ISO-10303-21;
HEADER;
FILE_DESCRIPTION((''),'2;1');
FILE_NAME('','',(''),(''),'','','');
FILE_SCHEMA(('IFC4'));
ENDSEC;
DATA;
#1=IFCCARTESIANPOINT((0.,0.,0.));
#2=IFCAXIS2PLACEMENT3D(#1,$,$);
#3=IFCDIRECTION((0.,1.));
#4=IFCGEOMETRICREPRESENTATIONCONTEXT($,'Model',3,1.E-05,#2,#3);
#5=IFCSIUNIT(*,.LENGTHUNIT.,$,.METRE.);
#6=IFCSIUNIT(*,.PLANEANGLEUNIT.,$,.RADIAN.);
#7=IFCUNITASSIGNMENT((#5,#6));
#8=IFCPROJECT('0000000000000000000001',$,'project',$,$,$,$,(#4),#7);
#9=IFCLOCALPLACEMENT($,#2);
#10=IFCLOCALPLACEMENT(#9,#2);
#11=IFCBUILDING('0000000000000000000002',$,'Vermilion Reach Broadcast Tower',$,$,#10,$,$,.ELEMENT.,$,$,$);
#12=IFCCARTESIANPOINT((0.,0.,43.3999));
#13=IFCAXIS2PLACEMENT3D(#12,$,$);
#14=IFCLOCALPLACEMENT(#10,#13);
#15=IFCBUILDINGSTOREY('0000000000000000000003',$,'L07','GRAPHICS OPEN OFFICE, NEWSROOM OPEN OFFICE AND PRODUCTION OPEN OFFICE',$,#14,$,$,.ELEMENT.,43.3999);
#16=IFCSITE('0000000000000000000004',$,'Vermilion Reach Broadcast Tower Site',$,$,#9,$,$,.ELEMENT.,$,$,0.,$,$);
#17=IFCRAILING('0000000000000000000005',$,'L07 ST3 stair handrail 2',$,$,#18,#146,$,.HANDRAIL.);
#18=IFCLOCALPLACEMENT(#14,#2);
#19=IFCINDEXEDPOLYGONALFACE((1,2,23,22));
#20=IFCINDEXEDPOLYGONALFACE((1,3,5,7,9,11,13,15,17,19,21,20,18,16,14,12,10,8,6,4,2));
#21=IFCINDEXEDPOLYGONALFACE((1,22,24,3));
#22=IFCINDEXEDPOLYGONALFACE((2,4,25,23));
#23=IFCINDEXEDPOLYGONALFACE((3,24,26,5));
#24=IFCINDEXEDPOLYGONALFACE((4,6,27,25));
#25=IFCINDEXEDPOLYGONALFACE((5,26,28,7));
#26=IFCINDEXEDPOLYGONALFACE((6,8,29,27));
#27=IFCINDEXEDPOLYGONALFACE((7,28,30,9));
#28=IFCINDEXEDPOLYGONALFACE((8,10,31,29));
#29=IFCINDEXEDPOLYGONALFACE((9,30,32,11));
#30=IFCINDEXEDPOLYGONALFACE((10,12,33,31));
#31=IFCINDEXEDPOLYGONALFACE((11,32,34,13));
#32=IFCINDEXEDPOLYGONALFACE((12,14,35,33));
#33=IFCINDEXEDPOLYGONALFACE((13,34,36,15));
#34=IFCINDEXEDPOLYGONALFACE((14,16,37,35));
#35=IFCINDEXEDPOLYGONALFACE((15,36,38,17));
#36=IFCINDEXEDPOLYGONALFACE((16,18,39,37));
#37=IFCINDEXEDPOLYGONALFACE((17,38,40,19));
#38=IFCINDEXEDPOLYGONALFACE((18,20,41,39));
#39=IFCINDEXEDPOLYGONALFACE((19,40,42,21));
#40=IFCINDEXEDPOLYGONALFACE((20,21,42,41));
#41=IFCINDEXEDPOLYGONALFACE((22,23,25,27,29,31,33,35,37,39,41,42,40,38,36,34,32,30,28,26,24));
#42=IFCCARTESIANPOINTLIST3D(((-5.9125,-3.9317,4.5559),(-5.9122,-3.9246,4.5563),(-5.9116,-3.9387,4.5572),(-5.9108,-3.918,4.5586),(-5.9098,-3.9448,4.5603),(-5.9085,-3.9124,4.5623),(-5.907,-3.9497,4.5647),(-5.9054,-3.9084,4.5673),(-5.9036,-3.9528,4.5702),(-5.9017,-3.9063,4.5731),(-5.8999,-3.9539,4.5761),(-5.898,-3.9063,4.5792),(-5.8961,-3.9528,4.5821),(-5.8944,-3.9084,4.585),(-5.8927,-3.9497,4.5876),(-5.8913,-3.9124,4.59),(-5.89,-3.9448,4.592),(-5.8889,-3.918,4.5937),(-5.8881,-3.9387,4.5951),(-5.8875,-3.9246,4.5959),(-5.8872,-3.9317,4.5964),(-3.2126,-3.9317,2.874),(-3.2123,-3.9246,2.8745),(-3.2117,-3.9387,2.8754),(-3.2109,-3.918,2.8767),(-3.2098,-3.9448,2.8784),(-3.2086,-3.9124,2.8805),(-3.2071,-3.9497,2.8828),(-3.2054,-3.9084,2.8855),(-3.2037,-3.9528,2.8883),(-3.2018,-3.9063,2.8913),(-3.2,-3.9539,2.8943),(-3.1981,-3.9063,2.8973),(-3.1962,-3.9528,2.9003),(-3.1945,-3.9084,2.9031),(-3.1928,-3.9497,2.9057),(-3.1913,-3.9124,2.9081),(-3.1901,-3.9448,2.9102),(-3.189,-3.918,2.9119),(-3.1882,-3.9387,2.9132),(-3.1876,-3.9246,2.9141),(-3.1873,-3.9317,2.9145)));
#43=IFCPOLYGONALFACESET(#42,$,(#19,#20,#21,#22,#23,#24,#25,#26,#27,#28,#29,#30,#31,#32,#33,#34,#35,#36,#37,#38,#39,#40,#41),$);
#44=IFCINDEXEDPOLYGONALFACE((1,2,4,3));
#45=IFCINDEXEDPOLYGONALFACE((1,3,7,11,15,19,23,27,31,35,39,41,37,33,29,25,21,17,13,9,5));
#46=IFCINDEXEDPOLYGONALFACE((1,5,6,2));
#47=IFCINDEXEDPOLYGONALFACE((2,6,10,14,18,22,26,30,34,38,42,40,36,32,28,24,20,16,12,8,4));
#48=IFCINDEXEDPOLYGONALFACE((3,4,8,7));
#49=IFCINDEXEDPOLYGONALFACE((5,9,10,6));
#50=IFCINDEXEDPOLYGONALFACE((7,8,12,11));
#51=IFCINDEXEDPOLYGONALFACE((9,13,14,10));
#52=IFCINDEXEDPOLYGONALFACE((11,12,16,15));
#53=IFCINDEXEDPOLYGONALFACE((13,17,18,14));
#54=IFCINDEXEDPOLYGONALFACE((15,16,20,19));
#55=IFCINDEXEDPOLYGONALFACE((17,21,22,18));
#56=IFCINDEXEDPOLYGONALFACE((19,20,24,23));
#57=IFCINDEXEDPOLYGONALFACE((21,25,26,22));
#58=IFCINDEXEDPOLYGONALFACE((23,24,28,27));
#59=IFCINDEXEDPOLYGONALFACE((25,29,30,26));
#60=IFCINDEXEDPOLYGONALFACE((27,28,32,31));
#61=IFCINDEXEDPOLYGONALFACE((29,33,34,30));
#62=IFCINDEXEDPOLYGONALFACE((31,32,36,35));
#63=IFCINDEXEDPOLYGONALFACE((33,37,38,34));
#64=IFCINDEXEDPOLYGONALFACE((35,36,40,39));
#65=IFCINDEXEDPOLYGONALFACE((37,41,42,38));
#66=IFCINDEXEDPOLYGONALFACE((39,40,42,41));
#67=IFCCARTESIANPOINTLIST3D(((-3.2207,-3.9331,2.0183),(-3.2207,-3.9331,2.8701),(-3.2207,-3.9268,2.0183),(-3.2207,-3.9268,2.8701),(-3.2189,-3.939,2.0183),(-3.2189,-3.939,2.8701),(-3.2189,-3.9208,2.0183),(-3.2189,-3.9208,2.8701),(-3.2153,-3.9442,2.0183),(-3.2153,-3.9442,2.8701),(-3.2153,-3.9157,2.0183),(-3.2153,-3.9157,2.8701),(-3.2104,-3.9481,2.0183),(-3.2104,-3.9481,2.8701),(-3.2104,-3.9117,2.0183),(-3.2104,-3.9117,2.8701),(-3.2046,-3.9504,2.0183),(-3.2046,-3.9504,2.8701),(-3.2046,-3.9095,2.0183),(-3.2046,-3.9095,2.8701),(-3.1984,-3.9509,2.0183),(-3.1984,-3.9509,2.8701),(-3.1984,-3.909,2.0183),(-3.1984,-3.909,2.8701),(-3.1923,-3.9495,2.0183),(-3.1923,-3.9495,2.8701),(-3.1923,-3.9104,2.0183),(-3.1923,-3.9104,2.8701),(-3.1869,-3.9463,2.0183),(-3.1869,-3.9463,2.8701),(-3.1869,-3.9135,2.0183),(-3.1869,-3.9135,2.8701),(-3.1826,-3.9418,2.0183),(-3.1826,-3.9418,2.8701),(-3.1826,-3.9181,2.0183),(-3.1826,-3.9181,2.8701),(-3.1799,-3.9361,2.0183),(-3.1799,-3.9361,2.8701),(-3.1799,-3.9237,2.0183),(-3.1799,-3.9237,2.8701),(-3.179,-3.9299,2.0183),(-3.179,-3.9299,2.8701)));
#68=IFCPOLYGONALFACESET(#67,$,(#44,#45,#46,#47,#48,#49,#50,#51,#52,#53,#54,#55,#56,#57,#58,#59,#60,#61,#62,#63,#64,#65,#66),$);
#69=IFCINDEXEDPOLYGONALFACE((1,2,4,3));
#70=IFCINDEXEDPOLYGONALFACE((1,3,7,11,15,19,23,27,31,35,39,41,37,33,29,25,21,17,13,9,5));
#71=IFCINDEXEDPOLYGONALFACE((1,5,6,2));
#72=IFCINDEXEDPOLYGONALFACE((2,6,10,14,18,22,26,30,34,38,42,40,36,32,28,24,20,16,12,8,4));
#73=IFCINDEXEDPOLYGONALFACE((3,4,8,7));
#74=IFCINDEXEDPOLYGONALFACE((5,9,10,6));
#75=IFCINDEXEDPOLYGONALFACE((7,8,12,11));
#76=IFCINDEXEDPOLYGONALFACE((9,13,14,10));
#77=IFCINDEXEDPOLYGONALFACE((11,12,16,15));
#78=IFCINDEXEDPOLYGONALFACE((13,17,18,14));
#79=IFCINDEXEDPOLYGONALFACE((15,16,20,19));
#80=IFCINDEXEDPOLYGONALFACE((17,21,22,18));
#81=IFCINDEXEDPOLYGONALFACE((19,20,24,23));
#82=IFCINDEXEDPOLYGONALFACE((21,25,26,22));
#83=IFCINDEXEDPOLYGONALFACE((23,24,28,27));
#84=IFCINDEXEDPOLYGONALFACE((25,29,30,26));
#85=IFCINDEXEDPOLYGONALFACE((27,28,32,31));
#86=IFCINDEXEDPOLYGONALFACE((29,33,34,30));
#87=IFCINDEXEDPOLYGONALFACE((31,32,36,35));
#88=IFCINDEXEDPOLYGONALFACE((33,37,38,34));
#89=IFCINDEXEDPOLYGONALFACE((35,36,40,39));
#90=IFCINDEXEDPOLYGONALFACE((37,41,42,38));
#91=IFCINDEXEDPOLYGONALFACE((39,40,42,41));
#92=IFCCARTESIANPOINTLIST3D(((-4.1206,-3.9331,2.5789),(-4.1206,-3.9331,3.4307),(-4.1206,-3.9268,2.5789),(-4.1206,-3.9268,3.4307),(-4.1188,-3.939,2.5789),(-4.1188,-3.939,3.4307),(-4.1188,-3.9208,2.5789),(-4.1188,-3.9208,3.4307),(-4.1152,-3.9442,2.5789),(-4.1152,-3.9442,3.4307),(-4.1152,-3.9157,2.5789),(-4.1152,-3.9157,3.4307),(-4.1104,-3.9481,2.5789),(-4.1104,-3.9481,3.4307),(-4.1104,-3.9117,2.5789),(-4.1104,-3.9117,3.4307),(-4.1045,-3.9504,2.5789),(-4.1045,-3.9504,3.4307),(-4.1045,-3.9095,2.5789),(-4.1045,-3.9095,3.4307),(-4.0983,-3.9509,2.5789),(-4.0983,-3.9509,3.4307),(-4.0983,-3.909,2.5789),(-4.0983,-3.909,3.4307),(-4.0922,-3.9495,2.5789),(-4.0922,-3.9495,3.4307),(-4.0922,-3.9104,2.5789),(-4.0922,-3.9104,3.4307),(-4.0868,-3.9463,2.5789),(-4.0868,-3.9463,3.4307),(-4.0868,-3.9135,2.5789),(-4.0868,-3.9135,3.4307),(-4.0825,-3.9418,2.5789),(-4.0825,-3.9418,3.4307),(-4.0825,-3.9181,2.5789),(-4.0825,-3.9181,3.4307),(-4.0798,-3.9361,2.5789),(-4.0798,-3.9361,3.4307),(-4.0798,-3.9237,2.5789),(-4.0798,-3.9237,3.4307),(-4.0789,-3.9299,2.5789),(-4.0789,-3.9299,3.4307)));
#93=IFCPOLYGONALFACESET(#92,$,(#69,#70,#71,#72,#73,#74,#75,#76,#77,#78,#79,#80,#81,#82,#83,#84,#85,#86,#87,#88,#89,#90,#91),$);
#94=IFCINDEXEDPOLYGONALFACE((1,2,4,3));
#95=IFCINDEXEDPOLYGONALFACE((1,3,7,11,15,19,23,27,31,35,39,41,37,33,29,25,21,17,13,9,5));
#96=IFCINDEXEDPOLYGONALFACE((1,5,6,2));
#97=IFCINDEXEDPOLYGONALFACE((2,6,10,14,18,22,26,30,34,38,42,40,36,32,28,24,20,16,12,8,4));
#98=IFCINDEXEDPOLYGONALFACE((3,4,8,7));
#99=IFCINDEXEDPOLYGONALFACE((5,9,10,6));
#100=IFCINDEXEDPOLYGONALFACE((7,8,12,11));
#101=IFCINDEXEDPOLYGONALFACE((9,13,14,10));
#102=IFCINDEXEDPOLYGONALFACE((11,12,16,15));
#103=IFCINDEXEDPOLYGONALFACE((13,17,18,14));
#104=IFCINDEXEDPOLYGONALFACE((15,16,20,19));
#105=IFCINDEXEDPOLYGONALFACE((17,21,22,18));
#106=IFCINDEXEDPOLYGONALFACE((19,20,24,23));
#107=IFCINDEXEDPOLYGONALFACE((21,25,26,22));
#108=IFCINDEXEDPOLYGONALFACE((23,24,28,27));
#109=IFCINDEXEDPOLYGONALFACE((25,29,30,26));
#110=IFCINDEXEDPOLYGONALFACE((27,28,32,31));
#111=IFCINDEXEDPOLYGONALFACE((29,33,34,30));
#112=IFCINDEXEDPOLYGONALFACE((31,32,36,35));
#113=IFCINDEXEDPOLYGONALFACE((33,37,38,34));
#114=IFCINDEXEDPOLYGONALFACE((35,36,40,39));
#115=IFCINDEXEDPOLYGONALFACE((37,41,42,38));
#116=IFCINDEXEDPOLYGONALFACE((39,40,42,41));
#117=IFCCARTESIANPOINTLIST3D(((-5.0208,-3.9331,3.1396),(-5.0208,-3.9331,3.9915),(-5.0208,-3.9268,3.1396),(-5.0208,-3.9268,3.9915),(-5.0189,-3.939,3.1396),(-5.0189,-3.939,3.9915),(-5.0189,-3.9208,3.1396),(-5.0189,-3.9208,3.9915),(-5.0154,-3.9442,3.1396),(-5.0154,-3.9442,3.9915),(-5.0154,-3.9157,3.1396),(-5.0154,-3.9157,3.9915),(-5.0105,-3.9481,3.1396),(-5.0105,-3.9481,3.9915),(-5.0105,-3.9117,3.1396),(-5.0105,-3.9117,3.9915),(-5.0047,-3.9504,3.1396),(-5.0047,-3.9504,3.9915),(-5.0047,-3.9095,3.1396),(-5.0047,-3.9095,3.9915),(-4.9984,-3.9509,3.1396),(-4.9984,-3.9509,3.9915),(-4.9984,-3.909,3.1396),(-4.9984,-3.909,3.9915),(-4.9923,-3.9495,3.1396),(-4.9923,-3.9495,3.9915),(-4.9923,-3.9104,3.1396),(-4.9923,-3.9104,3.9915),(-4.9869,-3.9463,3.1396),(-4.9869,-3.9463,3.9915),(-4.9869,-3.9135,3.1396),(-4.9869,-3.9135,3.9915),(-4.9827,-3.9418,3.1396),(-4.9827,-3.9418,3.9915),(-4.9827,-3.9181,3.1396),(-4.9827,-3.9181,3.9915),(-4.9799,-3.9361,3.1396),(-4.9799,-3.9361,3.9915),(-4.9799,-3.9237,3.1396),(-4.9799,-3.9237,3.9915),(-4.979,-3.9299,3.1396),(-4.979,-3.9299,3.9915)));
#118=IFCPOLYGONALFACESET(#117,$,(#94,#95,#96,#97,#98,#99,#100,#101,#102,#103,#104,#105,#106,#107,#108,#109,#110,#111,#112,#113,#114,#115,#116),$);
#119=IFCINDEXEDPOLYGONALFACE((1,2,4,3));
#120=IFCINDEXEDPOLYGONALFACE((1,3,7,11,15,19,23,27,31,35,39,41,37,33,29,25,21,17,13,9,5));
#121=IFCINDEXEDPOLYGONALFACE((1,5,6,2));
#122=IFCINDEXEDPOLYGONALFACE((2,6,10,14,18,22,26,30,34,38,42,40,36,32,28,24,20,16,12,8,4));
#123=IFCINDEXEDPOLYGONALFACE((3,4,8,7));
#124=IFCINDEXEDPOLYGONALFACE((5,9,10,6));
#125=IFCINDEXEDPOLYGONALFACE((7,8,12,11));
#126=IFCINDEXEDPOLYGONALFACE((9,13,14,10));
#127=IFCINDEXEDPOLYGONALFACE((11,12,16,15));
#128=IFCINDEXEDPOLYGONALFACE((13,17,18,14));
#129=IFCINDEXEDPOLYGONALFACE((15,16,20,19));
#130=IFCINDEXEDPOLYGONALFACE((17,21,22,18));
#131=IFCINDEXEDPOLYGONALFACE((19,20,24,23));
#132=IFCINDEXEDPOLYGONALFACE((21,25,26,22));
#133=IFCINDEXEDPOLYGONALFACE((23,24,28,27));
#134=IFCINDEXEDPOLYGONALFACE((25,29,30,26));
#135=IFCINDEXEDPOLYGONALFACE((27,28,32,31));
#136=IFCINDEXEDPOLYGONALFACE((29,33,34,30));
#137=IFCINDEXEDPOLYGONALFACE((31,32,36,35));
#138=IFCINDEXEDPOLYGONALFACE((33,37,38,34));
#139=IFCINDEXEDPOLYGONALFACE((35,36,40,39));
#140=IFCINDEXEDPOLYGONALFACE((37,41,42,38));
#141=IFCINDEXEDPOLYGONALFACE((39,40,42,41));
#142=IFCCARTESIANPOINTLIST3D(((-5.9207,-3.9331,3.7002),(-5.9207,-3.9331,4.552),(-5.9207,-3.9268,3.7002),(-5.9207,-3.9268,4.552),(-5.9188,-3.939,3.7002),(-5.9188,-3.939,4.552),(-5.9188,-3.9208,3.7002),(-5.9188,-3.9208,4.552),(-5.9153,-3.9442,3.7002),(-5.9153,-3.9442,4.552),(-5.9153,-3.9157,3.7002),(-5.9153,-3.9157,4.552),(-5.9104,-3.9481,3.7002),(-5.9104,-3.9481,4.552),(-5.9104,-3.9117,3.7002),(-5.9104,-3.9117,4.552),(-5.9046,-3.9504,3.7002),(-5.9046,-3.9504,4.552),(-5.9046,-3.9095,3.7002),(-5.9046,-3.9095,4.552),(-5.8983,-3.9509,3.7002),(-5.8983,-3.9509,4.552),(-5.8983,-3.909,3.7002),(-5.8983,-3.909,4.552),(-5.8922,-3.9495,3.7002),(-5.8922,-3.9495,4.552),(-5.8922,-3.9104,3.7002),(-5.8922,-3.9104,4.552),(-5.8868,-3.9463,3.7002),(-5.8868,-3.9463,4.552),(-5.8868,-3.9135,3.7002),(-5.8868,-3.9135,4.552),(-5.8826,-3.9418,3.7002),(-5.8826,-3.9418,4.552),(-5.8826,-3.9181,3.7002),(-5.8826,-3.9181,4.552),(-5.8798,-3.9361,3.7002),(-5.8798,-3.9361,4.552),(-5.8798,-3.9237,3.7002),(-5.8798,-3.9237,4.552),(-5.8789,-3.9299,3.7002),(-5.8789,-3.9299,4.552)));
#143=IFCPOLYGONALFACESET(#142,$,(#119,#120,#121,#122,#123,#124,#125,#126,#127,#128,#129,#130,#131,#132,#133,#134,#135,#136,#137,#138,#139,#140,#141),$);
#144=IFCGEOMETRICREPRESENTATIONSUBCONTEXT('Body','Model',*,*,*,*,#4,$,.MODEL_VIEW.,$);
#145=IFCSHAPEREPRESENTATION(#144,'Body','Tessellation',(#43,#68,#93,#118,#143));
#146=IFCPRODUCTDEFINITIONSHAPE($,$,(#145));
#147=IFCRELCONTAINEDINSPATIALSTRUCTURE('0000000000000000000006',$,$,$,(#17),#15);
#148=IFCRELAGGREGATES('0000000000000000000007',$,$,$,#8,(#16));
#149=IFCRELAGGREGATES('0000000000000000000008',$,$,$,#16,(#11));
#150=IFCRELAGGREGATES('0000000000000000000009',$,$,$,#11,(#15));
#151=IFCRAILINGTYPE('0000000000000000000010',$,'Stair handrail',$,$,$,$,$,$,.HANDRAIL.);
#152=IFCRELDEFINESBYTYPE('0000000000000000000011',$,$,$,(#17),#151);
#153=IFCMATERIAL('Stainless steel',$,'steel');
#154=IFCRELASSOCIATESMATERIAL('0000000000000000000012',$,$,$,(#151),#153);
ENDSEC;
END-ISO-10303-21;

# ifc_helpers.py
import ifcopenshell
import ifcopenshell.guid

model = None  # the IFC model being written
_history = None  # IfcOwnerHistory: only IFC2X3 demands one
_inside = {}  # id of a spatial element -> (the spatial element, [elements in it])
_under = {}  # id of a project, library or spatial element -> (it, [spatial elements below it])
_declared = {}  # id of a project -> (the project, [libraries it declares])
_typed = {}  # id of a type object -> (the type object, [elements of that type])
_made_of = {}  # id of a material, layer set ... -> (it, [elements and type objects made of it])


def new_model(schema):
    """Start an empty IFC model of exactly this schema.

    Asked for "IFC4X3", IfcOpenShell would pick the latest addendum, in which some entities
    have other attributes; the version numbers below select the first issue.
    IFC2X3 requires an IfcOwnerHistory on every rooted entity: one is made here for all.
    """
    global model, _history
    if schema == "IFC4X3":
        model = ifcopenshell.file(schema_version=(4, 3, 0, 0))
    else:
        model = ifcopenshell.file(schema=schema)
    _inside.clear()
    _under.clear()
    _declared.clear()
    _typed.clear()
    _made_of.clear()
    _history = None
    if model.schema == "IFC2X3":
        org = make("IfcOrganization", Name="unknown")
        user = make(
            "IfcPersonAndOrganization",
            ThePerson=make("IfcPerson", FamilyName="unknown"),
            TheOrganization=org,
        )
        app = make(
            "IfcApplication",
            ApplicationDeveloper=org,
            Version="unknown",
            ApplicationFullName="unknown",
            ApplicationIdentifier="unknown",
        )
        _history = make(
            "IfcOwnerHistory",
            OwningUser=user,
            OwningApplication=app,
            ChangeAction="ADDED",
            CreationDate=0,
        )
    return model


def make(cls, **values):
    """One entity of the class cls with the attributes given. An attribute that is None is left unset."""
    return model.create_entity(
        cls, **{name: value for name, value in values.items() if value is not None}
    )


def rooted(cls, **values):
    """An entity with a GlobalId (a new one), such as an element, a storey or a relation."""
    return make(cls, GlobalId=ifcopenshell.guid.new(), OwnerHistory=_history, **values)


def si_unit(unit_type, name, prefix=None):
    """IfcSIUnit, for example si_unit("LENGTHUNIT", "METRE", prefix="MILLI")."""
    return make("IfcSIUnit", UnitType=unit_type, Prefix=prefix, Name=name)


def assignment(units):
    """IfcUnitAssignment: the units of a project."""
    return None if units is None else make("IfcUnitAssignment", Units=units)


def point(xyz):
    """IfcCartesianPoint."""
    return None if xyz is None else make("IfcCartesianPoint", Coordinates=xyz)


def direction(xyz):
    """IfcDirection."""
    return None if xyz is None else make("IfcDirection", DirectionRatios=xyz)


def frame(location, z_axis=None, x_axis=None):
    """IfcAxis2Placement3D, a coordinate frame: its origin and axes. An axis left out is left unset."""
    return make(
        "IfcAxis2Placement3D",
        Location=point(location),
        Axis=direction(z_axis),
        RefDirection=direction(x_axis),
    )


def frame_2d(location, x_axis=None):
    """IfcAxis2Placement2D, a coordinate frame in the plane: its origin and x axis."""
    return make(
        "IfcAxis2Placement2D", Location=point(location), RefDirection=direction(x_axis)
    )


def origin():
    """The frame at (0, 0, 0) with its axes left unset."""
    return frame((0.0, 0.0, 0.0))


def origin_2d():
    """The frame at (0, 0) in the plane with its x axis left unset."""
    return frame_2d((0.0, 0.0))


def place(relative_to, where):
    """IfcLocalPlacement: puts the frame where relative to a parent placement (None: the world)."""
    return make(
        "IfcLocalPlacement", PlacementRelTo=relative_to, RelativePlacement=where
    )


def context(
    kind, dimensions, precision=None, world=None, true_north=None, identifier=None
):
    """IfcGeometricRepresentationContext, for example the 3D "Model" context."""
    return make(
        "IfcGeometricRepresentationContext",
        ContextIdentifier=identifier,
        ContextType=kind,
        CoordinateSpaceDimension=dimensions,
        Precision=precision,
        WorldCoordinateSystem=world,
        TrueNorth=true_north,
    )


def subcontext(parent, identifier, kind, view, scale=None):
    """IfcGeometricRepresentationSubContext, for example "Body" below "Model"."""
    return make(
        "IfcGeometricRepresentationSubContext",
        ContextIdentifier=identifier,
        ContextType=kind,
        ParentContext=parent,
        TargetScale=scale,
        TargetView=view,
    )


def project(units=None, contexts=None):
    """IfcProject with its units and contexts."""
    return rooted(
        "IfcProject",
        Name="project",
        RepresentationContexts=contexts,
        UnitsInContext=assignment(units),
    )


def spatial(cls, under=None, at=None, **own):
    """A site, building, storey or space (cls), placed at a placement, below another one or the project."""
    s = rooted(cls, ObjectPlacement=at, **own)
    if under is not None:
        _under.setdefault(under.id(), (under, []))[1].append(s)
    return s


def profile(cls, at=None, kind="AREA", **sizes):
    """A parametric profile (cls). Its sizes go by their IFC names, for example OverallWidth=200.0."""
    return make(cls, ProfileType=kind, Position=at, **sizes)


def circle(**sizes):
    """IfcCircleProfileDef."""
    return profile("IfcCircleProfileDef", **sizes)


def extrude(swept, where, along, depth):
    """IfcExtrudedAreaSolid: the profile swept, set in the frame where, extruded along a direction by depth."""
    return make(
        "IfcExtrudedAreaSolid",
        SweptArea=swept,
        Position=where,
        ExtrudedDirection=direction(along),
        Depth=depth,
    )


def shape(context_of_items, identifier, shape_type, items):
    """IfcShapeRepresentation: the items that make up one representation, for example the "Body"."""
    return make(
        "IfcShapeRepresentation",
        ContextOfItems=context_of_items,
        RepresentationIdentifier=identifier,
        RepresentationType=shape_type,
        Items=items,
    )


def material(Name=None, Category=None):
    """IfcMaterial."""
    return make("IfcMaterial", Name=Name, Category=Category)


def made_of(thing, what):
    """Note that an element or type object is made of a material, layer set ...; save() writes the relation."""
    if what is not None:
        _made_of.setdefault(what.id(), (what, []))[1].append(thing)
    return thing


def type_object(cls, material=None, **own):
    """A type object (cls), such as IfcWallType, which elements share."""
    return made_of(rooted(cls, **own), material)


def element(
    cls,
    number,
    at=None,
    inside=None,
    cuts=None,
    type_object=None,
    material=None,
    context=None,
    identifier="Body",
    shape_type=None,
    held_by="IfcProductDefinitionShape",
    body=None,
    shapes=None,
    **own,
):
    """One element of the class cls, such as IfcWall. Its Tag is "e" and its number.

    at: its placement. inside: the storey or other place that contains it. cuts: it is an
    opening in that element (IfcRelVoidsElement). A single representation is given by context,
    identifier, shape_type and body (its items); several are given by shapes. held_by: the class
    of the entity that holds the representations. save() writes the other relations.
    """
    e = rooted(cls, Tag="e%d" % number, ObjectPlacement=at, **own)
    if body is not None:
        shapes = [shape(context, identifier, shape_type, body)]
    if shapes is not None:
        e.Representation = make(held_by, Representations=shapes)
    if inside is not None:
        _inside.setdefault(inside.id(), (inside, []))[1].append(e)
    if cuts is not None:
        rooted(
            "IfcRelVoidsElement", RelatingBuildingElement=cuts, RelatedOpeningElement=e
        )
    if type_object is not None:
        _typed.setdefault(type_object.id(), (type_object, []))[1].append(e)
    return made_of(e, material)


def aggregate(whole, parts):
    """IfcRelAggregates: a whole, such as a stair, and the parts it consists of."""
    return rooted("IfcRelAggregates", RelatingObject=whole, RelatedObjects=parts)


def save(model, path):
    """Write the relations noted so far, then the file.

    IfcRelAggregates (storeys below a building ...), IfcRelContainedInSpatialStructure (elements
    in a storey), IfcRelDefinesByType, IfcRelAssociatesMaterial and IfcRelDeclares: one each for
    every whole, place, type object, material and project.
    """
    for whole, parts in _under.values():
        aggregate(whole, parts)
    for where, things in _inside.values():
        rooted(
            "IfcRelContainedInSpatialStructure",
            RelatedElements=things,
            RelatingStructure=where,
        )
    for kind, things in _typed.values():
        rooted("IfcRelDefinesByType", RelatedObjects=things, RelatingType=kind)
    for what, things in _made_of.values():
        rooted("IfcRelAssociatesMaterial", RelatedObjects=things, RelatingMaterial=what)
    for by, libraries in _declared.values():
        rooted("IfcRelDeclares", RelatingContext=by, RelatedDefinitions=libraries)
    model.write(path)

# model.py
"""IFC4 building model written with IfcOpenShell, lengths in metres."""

from ifc_helpers import new_model, si_unit, direction, frame, origin, origin_2d, place, context, subcontext, project, spatial, circle, extrude, material, type_object, element, save


model = new_model("IFC4")

# Units and contexts
model_context = context("Model", 3, precision=1e-05, world=origin(), true_north=direction((0.0, 1.0)))
body_context = subcontext(model_context, "Body", "Model", "MODEL_VIEW")
ifc_project = project(units=[si_unit("LENGTHUNIT", "METRE"), si_unit("PLANEANGLEUNIT", "RADIAN")], contexts=[model_context])

# Site, building, storey
site_placement = place(None, origin())
site = spatial("IfcSite", under=ifc_project, at=site_placement, Name="Vermilion Reach Broadcast Tower Site", CompositionType="ELEMENT", RefElevation=0.0)
building_placement = place(site_placement, origin())
building = spatial("IfcBuilding", under=site, at=building_placement, Name="Vermilion Reach Broadcast Tower", CompositionType="ELEMENT")
storey_placement = place(building_placement, frame((0.0, 0.0, 43.3999)))
storey = spatial("IfcBuildingStorey", under=building, at=storey_placement, Name="L07", Description="GRAPHICS OPEN OFFICE, NEWSROOM OPEN OFFICE AND PRODUCTION OPEN OFFICE", CompositionType="ELEMENT", Elevation=43.3999)

# Railing
ifc_material_1 = material(Name="Stainless steel", Category="steel")
railing_type_1 = type_object("IfcRailingType", Name="Stair handrail", PredefinedType="HANDRAIL", material=ifc_material_1)
railing_1_placement = place(storey_placement, frame((-3.2, -3.9299, 2.0183)))
element("IfcRailing", 1, at=railing_1_placement, inside=storey, type_object=railing_type_1, Name="L07 ST3 stair handrail 2", PredefinedType="HANDRAIL", context=body_context, shape_type="SweptSolid", body=[
    extrude(circle(Radius=0.0239, at=origin_2d()), frame((0.0, 0.0, 0.876), z_axis=(-0.848786, 0.0, 0.528736), x_axis=(0.0, -1.0, 0.0)), (0.0, 0.0, 1.0), 3.1809),
    extrude(circle(Radius=0.021, at=origin_2d()), origin(), (0.0, 0.0, 1.0), 0.8518),
    extrude(circle(Radius=0.021, at=origin_2d()), frame((-0.8999, 0.0, 0.5605)), (0.0, 0.0, 1.0), 0.8518),
    extrude(circle(Radius=0.021, at=origin_2d()), frame((-1.8, 0.0, 1.1213)), (0.0, 0.0, 1.0), 0.8518),
    extrude(circle(Radius=0.021, at=origin_2d()), frame((-2.7, 0.0, 1.6819)), (0.0, 0.0, 1.0), 0.8518),
])

save(model, "model.ifc")
